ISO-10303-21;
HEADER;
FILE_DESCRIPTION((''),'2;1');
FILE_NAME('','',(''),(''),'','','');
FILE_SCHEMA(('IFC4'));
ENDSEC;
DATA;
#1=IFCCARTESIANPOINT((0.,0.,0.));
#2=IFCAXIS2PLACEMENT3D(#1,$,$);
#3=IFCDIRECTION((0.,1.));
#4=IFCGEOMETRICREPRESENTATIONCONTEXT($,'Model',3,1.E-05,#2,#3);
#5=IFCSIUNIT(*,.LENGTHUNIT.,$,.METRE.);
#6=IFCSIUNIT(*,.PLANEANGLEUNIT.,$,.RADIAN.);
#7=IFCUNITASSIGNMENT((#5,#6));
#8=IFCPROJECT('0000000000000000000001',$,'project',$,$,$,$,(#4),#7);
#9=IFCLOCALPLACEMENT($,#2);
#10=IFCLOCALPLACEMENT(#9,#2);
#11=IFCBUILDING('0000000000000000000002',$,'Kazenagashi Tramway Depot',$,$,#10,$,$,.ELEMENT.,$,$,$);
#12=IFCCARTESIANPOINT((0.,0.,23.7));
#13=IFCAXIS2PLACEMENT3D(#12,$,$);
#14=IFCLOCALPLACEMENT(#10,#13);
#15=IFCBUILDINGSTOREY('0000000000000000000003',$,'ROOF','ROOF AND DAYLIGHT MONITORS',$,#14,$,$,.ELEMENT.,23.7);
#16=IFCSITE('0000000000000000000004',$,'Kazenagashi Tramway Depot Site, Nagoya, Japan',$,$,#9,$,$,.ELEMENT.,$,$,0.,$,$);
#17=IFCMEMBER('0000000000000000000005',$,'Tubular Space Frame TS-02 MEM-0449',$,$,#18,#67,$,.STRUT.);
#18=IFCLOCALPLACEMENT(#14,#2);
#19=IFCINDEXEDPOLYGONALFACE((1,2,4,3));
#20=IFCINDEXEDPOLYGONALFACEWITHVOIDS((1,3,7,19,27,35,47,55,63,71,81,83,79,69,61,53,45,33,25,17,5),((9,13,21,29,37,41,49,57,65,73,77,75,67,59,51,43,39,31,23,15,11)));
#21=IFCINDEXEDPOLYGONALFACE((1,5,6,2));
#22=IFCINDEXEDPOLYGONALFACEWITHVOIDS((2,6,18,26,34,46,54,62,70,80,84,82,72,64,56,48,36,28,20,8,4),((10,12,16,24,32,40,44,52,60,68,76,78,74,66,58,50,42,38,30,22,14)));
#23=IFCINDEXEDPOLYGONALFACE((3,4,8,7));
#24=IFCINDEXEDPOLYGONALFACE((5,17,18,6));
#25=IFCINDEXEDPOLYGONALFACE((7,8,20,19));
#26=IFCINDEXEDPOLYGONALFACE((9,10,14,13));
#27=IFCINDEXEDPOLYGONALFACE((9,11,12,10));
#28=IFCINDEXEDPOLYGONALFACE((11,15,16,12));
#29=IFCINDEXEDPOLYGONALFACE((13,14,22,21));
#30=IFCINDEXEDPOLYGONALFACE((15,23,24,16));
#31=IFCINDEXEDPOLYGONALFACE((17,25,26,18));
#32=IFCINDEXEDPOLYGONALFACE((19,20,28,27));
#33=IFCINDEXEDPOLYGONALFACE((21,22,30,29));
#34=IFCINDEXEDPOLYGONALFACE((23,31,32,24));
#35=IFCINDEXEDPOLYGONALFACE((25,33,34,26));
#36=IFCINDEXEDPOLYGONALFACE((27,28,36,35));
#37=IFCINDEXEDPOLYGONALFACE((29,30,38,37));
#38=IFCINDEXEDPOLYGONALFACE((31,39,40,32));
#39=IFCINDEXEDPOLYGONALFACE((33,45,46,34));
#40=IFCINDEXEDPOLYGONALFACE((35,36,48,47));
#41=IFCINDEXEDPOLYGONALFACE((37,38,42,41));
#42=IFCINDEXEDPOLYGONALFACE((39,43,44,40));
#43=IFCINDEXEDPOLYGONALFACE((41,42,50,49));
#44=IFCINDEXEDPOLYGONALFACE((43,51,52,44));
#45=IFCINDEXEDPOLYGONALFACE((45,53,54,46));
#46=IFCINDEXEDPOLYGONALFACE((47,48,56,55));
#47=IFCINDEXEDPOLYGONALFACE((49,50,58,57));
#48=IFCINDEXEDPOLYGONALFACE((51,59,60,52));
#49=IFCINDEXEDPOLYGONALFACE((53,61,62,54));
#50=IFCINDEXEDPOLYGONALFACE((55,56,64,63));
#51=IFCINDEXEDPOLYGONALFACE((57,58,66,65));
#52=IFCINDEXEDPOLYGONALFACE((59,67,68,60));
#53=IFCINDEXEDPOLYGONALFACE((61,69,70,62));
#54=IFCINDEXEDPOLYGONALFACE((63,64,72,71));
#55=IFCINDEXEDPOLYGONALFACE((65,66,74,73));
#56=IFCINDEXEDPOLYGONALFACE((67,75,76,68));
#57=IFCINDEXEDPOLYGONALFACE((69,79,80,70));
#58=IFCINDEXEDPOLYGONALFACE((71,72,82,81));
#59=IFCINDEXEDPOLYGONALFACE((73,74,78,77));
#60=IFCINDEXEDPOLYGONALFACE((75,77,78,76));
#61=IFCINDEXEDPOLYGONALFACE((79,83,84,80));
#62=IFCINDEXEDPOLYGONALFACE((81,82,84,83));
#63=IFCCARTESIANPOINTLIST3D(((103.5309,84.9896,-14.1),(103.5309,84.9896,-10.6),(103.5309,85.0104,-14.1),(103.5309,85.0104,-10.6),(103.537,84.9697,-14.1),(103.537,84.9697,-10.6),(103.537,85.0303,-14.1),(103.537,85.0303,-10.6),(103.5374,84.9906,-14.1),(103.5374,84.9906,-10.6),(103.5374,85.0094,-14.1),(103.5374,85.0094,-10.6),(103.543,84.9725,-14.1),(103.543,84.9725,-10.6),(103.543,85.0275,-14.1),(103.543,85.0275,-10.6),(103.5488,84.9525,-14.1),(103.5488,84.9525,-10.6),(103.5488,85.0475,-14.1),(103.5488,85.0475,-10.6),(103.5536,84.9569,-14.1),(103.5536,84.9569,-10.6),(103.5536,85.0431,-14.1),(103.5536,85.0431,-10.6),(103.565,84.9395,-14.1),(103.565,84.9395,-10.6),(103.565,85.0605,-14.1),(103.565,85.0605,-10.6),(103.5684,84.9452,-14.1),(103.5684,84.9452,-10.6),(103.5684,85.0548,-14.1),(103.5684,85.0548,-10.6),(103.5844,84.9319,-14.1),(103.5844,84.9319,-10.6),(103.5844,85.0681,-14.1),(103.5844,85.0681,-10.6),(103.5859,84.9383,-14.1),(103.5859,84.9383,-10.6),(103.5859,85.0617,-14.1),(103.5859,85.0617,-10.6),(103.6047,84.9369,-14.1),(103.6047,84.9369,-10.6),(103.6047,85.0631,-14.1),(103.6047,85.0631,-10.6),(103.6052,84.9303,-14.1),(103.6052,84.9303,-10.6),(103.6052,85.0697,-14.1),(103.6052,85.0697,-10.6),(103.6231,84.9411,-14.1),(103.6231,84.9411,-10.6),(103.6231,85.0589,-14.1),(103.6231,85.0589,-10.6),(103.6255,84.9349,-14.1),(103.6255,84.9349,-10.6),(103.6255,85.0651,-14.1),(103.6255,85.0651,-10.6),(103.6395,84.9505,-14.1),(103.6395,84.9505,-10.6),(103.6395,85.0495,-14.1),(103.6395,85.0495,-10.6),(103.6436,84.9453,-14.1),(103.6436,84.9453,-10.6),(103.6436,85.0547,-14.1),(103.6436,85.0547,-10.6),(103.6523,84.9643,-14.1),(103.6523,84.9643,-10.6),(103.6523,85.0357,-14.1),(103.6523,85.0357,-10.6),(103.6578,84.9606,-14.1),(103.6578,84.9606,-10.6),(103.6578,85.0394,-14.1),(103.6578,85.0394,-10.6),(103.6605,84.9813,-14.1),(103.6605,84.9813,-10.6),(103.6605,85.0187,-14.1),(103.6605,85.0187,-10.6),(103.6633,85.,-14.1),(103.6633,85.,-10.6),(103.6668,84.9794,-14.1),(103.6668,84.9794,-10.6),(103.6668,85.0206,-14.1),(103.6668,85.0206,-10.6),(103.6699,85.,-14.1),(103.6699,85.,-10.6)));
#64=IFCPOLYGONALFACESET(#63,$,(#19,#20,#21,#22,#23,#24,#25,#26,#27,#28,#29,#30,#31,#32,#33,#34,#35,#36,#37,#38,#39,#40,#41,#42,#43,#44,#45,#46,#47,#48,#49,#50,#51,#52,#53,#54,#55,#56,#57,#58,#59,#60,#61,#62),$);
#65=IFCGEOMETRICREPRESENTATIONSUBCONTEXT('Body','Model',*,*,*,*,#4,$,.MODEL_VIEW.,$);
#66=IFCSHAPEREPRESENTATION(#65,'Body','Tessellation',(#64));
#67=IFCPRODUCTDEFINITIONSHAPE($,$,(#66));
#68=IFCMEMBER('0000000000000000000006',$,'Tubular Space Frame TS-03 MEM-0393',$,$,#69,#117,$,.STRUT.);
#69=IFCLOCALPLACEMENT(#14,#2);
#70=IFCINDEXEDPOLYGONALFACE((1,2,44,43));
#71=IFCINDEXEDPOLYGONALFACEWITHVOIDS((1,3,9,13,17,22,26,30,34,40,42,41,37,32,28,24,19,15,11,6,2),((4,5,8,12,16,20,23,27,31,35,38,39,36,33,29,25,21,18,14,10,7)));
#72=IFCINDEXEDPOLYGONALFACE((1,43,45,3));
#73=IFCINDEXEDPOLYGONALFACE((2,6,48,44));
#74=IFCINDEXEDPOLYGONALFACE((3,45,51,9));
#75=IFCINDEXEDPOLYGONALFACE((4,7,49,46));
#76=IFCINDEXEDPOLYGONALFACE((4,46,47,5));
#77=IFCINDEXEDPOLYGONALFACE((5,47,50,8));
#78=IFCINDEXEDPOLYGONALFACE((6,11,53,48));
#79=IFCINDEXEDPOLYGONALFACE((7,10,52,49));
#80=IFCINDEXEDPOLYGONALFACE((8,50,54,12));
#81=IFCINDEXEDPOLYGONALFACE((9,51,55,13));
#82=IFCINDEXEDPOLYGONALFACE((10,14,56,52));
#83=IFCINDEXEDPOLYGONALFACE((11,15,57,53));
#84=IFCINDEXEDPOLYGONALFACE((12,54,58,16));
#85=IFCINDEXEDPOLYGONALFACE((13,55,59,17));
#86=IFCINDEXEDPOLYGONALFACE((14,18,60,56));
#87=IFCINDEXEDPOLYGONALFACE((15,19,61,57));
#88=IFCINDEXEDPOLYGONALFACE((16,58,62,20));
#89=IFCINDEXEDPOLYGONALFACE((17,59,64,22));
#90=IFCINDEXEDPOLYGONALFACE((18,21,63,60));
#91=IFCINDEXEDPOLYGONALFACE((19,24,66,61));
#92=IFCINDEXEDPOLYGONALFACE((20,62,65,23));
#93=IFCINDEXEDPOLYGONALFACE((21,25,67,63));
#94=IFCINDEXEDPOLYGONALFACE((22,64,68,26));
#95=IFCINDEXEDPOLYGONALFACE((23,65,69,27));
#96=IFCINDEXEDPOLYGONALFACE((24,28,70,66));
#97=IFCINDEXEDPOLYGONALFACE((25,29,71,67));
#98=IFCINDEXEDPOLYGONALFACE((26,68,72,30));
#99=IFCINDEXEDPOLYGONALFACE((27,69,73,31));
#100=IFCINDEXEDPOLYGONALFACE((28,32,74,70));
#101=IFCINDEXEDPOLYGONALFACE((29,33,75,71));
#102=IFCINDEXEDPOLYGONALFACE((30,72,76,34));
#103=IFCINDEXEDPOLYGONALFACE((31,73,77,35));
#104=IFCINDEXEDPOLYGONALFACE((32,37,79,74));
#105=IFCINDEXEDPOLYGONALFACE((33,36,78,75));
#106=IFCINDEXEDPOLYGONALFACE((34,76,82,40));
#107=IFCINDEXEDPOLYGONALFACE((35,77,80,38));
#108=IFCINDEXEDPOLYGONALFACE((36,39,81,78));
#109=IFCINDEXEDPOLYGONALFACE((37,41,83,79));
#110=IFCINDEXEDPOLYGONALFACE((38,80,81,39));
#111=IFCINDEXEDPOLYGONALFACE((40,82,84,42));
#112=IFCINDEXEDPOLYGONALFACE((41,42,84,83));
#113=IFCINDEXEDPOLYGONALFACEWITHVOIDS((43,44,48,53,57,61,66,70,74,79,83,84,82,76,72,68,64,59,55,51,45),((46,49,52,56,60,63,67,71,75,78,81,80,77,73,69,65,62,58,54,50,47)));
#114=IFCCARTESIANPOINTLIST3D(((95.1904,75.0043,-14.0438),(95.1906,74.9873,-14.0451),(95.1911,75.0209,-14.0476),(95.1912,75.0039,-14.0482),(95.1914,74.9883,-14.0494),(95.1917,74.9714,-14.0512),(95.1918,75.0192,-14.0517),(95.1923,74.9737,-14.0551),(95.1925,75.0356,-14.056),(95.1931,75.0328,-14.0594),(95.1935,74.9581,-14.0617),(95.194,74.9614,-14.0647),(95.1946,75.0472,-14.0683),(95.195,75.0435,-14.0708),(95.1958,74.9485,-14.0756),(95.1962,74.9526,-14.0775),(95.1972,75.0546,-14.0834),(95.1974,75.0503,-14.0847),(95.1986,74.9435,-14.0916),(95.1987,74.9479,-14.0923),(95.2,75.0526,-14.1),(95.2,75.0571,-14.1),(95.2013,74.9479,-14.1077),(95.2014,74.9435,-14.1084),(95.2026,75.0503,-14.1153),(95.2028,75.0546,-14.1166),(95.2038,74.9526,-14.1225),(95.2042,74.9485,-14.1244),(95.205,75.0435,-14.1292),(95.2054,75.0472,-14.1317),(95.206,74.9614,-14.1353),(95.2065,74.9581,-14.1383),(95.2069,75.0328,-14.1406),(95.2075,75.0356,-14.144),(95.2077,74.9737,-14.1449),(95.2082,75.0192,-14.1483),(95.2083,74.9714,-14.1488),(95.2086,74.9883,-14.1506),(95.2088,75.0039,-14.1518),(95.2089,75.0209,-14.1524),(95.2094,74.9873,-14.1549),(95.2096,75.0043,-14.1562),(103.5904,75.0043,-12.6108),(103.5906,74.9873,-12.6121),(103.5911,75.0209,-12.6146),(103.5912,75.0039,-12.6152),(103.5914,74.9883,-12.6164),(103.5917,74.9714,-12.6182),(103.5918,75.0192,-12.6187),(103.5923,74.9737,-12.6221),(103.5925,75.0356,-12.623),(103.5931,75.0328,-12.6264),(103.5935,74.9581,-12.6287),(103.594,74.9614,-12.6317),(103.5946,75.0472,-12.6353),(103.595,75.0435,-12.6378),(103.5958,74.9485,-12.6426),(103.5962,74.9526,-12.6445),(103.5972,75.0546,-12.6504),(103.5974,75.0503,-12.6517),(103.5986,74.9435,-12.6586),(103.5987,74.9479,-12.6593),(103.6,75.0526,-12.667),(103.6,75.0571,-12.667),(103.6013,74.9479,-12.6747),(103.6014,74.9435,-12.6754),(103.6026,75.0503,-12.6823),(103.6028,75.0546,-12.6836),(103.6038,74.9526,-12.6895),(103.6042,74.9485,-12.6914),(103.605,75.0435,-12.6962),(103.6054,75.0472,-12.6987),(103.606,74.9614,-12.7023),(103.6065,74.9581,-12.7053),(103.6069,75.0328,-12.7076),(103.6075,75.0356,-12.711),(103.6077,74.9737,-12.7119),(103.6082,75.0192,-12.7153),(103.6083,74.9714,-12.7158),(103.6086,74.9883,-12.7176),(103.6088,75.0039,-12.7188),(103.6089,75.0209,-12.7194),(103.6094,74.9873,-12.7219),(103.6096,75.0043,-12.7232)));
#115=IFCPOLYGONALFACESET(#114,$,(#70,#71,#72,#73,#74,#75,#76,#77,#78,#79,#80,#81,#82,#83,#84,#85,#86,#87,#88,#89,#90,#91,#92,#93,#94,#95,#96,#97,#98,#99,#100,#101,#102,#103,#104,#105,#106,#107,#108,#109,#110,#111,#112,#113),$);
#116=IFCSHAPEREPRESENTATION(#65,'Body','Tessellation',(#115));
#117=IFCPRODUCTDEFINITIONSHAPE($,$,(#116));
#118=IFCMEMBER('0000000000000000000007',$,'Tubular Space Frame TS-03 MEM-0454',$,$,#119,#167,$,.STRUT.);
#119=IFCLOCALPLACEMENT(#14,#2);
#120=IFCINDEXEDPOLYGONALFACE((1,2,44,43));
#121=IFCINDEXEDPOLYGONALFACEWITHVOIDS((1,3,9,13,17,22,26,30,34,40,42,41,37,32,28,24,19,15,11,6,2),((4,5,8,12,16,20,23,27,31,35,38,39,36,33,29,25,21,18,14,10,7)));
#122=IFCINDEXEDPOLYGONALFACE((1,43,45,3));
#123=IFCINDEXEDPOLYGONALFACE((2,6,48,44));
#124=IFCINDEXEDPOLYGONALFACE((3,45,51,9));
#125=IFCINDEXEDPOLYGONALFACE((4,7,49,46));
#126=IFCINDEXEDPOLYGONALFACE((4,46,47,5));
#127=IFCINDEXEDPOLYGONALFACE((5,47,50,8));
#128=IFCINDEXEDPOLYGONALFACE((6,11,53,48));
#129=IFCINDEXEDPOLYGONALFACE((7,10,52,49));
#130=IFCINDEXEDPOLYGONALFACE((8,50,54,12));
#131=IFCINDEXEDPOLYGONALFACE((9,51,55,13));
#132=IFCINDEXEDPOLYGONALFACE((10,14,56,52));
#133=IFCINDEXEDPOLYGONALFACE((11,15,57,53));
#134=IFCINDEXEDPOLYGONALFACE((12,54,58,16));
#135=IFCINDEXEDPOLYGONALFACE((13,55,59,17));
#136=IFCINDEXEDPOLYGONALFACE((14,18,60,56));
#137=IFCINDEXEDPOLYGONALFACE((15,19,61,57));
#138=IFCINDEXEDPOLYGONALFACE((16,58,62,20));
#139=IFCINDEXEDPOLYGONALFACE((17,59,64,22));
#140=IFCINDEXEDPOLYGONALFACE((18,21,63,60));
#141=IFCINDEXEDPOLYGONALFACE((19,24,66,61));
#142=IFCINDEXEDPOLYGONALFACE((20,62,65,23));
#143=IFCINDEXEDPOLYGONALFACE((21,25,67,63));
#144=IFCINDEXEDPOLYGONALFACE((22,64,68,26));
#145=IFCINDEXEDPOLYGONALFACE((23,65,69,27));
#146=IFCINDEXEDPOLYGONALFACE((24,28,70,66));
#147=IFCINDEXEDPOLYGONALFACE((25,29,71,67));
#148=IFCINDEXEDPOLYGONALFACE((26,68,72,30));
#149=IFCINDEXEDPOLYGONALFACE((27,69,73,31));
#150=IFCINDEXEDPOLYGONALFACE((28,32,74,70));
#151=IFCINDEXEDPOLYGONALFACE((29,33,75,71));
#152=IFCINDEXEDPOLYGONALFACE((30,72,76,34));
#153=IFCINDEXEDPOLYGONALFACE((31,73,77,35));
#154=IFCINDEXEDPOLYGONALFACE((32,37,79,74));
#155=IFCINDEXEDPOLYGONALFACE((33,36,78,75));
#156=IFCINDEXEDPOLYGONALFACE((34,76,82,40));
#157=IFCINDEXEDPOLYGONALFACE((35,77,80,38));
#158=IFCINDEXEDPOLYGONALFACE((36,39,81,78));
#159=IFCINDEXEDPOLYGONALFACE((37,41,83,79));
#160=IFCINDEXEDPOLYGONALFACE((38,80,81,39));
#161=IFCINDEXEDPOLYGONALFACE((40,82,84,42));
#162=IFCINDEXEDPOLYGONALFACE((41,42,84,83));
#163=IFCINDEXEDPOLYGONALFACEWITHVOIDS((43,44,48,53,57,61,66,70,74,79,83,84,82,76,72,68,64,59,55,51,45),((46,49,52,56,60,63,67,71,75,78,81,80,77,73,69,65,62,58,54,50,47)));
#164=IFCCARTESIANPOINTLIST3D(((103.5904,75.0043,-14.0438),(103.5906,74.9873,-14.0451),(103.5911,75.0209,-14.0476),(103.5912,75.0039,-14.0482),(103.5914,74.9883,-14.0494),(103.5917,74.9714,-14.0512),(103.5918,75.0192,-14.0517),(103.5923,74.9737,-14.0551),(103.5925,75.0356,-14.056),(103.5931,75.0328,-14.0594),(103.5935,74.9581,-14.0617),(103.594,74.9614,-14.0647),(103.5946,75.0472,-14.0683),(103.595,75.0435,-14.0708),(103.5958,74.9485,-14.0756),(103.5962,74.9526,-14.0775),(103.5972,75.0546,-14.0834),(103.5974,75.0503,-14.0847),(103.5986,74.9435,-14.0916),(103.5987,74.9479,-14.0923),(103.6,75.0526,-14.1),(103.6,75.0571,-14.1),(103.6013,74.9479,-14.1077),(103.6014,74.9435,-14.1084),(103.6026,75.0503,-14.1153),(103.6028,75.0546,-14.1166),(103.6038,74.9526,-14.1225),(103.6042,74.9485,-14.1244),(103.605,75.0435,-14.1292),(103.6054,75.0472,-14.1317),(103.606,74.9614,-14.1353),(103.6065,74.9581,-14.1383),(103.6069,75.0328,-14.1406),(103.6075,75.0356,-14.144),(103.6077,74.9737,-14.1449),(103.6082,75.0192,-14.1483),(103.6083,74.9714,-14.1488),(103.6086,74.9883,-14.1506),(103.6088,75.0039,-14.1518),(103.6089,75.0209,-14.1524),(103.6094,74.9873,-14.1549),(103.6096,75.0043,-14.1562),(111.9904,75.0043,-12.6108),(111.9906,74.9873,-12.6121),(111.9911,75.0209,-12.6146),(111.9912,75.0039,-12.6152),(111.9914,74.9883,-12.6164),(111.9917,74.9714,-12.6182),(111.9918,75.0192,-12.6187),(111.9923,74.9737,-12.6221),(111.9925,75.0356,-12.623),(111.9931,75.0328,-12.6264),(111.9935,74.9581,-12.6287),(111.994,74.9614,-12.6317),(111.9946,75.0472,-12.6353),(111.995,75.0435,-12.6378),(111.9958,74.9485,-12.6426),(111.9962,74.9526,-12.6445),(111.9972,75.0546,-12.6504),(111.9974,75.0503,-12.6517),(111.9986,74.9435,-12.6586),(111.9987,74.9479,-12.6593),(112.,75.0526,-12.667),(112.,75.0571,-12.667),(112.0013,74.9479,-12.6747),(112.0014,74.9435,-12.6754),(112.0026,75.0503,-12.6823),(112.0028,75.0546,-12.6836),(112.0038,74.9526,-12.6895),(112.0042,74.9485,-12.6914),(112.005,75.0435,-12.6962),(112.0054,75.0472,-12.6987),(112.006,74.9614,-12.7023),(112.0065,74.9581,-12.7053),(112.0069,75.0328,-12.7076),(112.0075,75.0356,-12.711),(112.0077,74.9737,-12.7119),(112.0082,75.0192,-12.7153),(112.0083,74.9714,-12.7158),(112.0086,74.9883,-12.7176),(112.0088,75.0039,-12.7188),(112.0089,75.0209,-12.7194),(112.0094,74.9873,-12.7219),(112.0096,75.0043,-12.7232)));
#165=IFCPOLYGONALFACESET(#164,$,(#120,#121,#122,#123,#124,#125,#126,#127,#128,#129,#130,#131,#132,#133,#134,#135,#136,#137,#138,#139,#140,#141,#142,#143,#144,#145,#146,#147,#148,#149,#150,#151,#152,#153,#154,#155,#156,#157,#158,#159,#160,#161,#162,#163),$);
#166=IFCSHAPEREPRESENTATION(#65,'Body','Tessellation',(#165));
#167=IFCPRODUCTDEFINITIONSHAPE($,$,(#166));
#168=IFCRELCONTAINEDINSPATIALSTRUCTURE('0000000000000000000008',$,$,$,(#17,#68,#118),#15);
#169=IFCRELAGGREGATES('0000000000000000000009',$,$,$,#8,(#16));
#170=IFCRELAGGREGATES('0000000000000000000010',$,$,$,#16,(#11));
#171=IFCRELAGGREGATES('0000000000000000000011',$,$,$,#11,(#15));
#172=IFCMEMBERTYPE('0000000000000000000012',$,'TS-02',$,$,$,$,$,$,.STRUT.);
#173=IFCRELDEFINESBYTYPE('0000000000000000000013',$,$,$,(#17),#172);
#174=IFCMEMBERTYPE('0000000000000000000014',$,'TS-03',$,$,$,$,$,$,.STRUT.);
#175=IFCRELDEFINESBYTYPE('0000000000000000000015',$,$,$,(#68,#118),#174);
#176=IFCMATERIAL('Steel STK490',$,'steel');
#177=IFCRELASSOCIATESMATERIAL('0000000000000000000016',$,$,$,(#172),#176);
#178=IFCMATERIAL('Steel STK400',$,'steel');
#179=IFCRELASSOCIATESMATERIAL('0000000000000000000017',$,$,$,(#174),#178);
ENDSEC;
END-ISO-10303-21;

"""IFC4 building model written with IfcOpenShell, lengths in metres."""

from ifc_helpers import new_model, si_unit, direction, frame, origin, origin_2d, place, context, subcontext, project, spatial, hollow_circle, extrude, material, material_profile, profile_set, type_object, element, save


model = new_model("IFC4")

# Units and contexts
model_context = context("Model", 3, precision=1e-05, world=origin(), true_north=direction((0.0, 1.0)))
body_context = subcontext(model_context, "Body", "Model", "MODEL_VIEW")
ifc_project = project(units=[si_unit("LENGTHUNIT", "METRE"), si_unit("PLANEANGLEUNIT", "RADIAN")], contexts=[model_context])

# Site, building, storey
site_placement = place(None, origin())
site = spatial("IfcSite", under=ifc_project, at=site_placement, Name="Kazenagashi Tramway Depot Site, Nagoya, Japan", CompositionType="ELEMENT", RefElevation=0.0)
building_placement = place(site_placement, origin())
building = spatial("IfcBuilding", under=site, at=building_placement, Name="Kazenagashi Tramway Depot", CompositionType="ELEMENT")
storey_placement = place(building_placement, frame((0.0, 0.0, 23.7)))
storey = spatial("IfcBuildingStorey", under=building, at=storey_placement, Name="ROOF", Description="ROOF AND DAYLIGHT MONITORS", CompositionType="ELEMENT", Elevation=23.7)

# Members
ifc_material_1 = material(Name="Steel STK490", Category="steel")
ifc_material_profile_1 = material_profile(ifc_material_1, hollow_circle(Radius=0.0699, WallThickness=0.0066, at=origin_2d()), Name="CHS-139.8x6.6")
ifc_profile_set_1 = profile_set([ifc_material_profile_1], Name="Steel STK490")
member_type_1 = type_object("IfcMemberType", Name="TS-02", PredefinedType="STRUT", material=ifc_profile_set_1)
member_1_placement = place(storey_placement, frame((103.6, 85.0, -14.1), z_axis=(0.0, 0.0, 1.0), x_axis=(1.0, 0.0, 0.0)))
element("IfcMember", 1, at=member_1_placement, inside=storey, type_object=member_type_1, Name="Tubular Space Frame TS-02 MEM-0449", PredefinedType="STRUT", context=body_context, shape_type="SweptSolid", body=[
    extrude(hollow_circle(Radius=0.0699, WallThickness=0.0066, at=origin_2d()), origin(), (0.0, 0.0, 1.0), 3.5),
])
ifc_material_2 = material(Name="Steel STK400", Category="steel")
ifc_material_profile_2 = material_profile(ifc_material_2, hollow_circle(Radius=0.0571, WallThickness=0.0045, at=origin_2d()), Name="CHS-114.3x4.5")
ifc_profile_set_2 = profile_set([ifc_material_profile_2], Name="Steel STK400")
member_type_2 = type_object("IfcMemberType", Name="TS-03", PredefinedType="STRUT", material=ifc_profile_set_2)
for number, where, z_axis, x_axis, name in (
    (2, (95.2, 75.0, -14.1), (0.985759, 0.0, 0.168166), (0.0, 1.0, 0.0), "Tubular Space Frame TS-03 MEM-0393"),
    (3, (103.6, 75.0, -14.1), (0.985759, 0.0, 0.168166), (0.0, 1.0, 0.0), "Tubular Space Frame TS-03 MEM-0454"),
):
    element("IfcMember", number, at=place(storey_placement, frame(where, z_axis=z_axis, x_axis=x_axis)), inside=storey, type_object=member_type_2, Name=name, PredefinedType="STRUT", context=body_context, shape_type="SweptSolid", body=[
        extrude(hollow_circle(Radius=0.0571, WallThickness=0.0045, at=origin_2d()), origin(), (0.0, 0.0, 1.0), 8.5214),
    ])

save(model, "model.ifc")
